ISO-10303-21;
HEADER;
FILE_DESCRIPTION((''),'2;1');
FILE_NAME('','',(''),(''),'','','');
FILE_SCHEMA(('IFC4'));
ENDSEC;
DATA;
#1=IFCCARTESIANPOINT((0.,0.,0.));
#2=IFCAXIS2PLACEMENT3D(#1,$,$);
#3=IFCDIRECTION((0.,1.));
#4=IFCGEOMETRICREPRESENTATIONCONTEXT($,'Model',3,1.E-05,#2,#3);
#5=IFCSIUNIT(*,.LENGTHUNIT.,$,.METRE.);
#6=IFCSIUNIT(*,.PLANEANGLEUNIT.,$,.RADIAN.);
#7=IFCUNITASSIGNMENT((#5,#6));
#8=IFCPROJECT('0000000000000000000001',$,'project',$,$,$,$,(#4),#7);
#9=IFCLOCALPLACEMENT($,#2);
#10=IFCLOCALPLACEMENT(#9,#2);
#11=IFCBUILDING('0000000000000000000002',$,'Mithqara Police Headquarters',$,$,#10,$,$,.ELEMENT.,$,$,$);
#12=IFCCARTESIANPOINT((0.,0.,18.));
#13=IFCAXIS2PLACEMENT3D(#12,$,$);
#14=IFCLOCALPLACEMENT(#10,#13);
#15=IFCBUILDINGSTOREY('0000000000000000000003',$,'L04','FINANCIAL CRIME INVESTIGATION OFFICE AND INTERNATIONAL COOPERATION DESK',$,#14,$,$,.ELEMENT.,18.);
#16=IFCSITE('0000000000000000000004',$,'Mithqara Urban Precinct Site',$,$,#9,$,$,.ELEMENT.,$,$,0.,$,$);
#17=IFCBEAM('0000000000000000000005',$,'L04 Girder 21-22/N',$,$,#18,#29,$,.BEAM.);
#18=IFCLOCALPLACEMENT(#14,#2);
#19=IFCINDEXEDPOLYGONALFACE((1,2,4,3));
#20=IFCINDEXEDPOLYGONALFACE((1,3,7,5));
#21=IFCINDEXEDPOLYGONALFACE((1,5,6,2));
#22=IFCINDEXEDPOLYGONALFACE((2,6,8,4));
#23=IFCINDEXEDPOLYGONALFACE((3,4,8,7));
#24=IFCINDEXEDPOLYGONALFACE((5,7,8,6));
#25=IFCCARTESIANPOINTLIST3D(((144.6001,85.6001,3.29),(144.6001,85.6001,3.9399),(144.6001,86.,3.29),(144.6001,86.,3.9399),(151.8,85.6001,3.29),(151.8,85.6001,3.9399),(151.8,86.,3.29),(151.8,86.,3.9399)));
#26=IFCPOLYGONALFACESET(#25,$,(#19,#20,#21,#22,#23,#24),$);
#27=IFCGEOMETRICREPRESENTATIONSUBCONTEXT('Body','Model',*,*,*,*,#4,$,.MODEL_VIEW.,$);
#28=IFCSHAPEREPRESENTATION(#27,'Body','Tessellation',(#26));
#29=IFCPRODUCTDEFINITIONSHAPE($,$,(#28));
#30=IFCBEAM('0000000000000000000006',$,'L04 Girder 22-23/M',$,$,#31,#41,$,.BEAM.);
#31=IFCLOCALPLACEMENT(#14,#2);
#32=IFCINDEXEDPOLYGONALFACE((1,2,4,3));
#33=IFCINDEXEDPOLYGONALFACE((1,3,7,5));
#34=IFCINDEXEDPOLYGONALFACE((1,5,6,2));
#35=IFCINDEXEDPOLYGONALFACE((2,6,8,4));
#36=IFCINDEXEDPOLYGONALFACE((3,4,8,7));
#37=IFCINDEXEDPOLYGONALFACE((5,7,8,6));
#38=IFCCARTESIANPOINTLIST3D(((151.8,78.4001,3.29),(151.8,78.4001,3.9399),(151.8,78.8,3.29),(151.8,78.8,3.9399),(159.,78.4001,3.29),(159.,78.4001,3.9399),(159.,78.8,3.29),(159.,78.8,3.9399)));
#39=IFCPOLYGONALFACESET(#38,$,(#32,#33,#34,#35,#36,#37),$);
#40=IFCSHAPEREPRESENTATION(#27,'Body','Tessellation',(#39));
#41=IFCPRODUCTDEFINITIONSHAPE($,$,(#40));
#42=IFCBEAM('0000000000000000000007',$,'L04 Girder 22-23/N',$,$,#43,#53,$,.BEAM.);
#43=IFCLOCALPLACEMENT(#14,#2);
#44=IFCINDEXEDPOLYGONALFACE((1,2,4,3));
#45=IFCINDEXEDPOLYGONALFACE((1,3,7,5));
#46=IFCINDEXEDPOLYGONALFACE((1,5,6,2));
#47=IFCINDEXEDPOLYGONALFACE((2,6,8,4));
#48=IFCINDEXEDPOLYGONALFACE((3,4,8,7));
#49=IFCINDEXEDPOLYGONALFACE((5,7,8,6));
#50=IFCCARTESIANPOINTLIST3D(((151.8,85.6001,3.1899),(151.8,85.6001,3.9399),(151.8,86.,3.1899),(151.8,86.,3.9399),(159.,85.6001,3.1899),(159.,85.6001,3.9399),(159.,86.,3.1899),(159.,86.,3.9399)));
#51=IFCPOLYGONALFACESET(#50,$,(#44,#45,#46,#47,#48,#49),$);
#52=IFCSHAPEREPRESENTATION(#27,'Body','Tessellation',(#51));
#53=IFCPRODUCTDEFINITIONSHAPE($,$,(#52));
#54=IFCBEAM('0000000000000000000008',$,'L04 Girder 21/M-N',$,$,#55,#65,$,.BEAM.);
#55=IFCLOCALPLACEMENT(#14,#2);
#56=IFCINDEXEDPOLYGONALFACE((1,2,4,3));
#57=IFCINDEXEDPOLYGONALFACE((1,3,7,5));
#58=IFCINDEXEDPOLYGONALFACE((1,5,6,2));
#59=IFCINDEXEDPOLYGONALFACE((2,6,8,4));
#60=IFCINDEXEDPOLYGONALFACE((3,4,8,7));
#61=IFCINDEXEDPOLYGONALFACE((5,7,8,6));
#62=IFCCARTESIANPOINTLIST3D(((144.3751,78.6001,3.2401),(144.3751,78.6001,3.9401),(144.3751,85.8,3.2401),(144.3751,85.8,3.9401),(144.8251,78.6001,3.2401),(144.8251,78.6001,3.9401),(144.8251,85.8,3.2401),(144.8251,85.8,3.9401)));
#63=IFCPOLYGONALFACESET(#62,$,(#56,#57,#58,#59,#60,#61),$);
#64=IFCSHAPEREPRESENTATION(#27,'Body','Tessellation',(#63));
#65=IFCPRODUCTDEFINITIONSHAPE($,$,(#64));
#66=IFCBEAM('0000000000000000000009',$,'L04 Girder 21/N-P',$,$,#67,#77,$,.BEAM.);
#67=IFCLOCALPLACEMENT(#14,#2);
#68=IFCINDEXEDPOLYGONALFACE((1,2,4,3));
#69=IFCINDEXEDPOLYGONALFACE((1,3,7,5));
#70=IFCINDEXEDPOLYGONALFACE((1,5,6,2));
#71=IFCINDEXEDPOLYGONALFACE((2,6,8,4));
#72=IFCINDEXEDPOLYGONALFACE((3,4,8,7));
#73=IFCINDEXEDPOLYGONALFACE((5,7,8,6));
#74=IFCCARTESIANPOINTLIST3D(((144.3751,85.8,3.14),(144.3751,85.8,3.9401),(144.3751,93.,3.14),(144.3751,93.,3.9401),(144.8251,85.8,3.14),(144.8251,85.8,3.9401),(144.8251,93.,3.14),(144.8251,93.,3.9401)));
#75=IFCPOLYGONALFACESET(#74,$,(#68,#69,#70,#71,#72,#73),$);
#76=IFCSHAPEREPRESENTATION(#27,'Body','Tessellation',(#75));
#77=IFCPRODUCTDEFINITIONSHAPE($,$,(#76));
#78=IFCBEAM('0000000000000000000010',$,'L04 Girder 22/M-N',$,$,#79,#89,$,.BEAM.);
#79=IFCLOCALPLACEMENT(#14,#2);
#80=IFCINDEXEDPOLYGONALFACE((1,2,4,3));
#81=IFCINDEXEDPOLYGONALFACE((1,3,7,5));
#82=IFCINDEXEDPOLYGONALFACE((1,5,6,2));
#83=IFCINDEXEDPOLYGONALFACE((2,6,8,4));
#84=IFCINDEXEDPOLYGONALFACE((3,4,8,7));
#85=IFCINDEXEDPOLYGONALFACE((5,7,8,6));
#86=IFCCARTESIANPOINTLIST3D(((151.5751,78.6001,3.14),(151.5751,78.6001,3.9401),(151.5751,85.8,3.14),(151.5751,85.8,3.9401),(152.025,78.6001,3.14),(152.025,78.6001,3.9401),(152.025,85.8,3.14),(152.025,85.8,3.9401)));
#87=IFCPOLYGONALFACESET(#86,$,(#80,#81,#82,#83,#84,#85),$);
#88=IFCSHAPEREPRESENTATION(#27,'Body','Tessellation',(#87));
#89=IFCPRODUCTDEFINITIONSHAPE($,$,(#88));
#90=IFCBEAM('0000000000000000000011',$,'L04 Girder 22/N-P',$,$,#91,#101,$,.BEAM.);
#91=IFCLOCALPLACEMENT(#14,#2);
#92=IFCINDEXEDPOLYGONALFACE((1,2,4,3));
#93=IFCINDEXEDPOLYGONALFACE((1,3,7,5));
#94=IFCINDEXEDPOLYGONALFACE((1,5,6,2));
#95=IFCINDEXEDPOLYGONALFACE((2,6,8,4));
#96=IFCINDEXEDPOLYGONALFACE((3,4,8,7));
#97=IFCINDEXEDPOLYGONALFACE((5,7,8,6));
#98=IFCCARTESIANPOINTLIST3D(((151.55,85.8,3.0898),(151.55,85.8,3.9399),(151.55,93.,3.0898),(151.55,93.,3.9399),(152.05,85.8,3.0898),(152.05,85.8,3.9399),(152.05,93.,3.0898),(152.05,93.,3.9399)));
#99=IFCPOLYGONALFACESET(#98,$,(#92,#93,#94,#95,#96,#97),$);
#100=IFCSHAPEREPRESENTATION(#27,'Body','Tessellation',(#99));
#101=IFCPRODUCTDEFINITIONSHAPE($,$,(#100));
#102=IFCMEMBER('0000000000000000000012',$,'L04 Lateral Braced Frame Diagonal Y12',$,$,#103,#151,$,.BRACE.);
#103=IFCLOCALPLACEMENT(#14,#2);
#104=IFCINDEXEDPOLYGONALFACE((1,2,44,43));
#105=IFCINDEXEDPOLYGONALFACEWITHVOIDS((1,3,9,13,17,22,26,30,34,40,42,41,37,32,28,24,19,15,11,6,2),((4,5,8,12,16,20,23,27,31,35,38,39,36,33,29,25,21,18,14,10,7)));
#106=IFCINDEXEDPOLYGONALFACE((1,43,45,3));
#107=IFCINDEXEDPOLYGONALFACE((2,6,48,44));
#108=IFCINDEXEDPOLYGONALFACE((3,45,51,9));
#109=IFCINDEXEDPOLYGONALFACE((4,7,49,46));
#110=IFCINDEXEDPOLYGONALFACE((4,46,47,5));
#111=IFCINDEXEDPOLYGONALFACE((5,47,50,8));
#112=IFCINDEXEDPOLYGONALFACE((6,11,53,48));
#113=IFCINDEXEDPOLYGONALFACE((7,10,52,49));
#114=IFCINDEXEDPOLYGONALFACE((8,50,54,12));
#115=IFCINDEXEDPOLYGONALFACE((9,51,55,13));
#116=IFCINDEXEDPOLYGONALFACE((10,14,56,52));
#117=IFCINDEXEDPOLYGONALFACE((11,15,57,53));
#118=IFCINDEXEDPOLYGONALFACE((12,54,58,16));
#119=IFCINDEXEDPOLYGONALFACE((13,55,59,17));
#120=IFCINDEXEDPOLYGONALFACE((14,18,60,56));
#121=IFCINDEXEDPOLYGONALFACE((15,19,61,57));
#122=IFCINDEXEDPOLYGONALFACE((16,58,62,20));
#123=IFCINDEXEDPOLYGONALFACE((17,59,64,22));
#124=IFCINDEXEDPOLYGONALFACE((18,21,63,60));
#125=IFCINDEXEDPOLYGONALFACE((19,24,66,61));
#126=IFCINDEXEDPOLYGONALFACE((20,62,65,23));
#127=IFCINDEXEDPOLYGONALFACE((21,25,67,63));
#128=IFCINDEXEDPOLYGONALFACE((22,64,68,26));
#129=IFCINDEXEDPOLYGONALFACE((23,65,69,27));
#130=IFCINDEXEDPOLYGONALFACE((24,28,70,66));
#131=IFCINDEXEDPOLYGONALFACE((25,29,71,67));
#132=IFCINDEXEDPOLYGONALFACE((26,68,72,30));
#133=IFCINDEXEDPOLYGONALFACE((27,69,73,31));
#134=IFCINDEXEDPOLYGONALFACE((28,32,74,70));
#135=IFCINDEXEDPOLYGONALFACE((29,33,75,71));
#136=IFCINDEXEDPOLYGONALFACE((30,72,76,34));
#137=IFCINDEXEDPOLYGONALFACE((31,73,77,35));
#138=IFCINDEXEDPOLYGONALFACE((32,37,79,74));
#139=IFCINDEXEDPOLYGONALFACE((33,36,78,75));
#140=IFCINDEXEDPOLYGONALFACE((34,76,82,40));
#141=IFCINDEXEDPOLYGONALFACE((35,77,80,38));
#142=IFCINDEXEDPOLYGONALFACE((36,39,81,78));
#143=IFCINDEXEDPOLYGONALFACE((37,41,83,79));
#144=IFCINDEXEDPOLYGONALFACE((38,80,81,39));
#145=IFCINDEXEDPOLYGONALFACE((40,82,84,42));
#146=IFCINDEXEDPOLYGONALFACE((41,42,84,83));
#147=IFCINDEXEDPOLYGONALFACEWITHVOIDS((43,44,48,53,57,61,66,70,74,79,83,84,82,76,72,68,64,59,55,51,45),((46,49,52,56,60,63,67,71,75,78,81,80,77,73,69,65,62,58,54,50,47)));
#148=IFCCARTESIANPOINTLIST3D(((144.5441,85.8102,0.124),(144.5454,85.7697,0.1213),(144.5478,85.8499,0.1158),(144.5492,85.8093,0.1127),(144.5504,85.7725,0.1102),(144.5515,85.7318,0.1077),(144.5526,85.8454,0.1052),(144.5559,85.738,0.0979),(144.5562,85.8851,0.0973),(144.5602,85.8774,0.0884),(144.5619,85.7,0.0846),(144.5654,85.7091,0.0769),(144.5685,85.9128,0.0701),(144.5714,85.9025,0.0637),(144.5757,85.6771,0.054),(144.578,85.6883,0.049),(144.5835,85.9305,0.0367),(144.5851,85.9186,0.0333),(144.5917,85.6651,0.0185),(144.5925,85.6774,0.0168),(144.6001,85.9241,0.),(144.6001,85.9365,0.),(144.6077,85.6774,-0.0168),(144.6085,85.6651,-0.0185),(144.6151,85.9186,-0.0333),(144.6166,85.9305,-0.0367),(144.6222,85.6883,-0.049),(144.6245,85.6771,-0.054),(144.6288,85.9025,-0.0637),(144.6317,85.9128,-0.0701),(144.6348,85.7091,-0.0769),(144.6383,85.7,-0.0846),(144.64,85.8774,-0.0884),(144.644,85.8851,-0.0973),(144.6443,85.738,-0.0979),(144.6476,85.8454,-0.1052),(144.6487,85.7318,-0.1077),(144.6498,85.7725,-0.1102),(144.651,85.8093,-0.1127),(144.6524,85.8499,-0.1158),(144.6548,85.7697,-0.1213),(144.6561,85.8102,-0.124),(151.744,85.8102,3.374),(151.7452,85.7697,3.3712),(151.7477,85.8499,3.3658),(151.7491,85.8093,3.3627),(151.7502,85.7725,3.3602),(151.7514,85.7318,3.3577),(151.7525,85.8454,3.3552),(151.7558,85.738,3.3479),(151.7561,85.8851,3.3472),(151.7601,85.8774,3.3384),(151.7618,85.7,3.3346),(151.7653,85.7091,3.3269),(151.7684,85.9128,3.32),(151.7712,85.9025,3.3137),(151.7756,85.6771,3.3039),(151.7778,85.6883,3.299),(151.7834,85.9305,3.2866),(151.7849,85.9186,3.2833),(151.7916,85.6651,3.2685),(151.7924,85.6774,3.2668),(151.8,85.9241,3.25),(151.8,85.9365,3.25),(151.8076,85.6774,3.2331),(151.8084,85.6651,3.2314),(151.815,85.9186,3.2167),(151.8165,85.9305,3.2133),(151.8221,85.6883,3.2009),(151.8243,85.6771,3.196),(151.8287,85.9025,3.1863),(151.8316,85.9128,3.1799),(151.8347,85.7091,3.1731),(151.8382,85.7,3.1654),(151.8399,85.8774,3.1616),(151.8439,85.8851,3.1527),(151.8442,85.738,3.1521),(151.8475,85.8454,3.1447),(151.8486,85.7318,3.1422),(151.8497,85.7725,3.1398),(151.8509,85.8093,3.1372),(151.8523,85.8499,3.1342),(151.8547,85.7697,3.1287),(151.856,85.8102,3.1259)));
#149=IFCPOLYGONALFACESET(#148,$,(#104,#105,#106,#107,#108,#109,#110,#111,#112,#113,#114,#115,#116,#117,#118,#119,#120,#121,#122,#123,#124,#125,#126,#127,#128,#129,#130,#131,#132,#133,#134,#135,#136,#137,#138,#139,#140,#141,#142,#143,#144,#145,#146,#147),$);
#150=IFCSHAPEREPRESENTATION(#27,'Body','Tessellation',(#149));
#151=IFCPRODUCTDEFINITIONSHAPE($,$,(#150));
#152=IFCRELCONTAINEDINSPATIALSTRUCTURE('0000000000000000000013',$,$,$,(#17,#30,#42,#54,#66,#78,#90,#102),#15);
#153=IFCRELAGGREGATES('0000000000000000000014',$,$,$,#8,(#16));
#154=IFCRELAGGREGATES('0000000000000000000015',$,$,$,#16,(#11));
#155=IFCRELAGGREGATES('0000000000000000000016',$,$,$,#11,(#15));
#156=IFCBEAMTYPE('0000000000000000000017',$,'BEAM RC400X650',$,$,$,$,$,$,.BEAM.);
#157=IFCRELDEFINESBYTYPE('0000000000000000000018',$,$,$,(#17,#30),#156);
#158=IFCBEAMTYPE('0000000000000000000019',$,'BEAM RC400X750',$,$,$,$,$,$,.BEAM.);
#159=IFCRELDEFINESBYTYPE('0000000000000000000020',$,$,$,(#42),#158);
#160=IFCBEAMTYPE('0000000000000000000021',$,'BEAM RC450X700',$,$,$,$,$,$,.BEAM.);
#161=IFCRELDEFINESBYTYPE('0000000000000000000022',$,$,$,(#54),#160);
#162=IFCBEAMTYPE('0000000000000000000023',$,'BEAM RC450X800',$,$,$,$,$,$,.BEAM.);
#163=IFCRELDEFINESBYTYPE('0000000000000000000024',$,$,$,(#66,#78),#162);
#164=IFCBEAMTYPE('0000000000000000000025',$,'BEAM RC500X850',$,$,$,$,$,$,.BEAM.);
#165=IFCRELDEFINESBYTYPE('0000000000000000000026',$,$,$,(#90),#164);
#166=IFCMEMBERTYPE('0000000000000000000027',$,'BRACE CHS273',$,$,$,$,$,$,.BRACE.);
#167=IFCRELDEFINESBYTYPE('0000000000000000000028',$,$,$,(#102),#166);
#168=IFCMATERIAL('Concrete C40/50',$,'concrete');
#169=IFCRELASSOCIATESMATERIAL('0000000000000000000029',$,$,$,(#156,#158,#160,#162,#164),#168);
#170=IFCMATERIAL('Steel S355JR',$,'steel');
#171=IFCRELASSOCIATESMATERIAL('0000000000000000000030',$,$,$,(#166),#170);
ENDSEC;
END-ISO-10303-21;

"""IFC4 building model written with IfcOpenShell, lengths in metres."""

from ifc_helpers import new_model, si_unit, direction, frame, origin, origin_2d, place, context, subcontext, project, spatial, rectangle, hollow_circle, extrude, material, material_profile, profile_set, type_object, element, save


model = new_model("IFC4")

# Units and contexts
model_context = context("Model", 3, precision=1e-05, world=origin(), true_north=direction((0.0, 1.0)))
body_context = subcontext(model_context, "Body", "Model", "MODEL_VIEW")
ifc_project = project(units=[si_unit("LENGTHUNIT", "METRE"), si_unit("PLANEANGLEUNIT", "RADIAN")], contexts=[model_context])

# Site, building, storey
site_placement = place(None, origin())
site = spatial("IfcSite", under=ifc_project, at=site_placement, Name="Mithqara Urban Precinct Site", CompositionType="ELEMENT", RefElevation=0.0)
building_placement = place(site_placement, origin())
building = spatial("IfcBuilding", under=site, at=building_placement, Name="Mithqara Police Headquarters", CompositionType="ELEMENT")
storey_placement = place(building_placement, frame((0.0, 0.0, 18.0)))
storey = spatial("IfcBuildingStorey", under=building, at=storey_placement, Name="L04", Description="FINANCIAL CRIME INVESTIGATION OFFICE AND INTERNATIONAL COOPERATION DESK", CompositionType="ELEMENT", Elevation=18.0)

# Beams
ifc_material_1 = material(Name="Steel S355JR", Category="steel")
ifc_material_2 = material(Name="Concrete C40/50", Category="concrete")
ifc_material_profile_1 = material_profile(ifc_material_2, rectangle(XDim=0.3999, YDim=0.6499, at=origin_2d()), Name="RC 400x650")
ifc_profile_set_1 = profile_set([ifc_material_profile_1], Name="Concrete C40/50")
beam_type_1 = type_object("IfcBeamType", Name="BEAM RC400X650", PredefinedType="BEAM", material=ifc_profile_set_1)
for number, where, z_axis, x_axis, name in (
    (1, (144.6001, 85.8, 3.615), (1.0, 0.0, 0.0), (0.0, 1.0, 0.0), "L04 Girder 21-22/N"),
    (2, (151.8, 78.6001, 3.615), (1.0, 0.0, 0.0), (0.0, 1.0, 0.0), "L04 Girder 22-23/M"),
):
    element("IfcBeam", number, at=place(storey_placement, frame(where, z_axis=z_axis, x_axis=x_axis)), inside=storey, type_object=beam_type_1, Name=name, PredefinedType="BEAM", context=body_context, shape_type="SweptSolid", body=[
        extrude(rectangle(XDim=0.3999, YDim=0.6499, at=origin_2d()), origin(), (0.0, 0.0, 1.0), 7.2),
    ])
ifc_material_profile_2 = material_profile(ifc_material_2, rectangle(XDim=0.3999, YDim=0.75, at=origin_2d()), Name="RC 400x750")
ifc_profile_set_2 = profile_set([ifc_material_profile_2], Name="Concrete C40/50")
beam_type_2 = type_object("IfcBeamType", Name="BEAM RC400X750", PredefinedType="BEAM", material=ifc_profile_set_2)
beam_1_placement = place(storey_placement, frame((151.8, 85.8, 3.5649), z_axis=(1.0, 0.0, 0.0), x_axis=(0.0, 1.0, 0.0)))
element("IfcBeam", 3, at=beam_1_placement, inside=storey, type_object=beam_type_2, Name="L04 Girder 22-23/N", PredefinedType="BEAM", context=body_context, shape_type="SweptSolid", body=[
    extrude(rectangle(XDim=0.3999, YDim=0.75, at=origin_2d()), origin(), (0.0, 0.0, 1.0), 7.2),
])
ifc_material_profile_3 = material_profile(ifc_material_2, rectangle(XDim=0.45, YDim=0.7, at=origin_2d()), Name="RC 450x700")
ifc_profile_set_3 = profile_set([ifc_material_profile_3], Name="Concrete C40/50")
beam_type_3 = type_object("IfcBeamType", Name="BEAM RC450X700", PredefinedType="BEAM", material=ifc_profile_set_3)
beam_2_placement = place(storey_placement, frame((144.6001, 78.6001, 3.5901), z_axis=(0.0, 1.0, 0.0), x_axis=(-1.0, 0.0, 0.0)))
element("IfcBeam", 4, at=beam_2_placement, inside=storey, type_object=beam_type_3, Name="L04 Girder 21/M-N", PredefinedType="BEAM", context=body_context, shape_type="SweptSolid", body=[
    extrude(rectangle(XDim=0.45, YDim=0.7, at=origin_2d()), origin(), (0.0, 0.0, 1.0), 7.2),
])
ifc_material_profile_4 = material_profile(ifc_material_2, rectangle(XDim=0.45, YDim=0.8, at=origin_2d()), Name="RC 450x800")
ifc_profile_set_4 = profile_set([ifc_material_profile_4], Name="Concrete C40/50")
beam_type_4 = type_object("IfcBeamType", Name="BEAM RC450X800", PredefinedType="BEAM", material=ifc_profile_set_4)
for number, where, z_axis, x_axis, name in (
    (5, (144.6001, 85.8, 3.54), (0.0, 1.0, 0.0), (-1.0, 0.0, 0.0), "L04 Girder 21/N-P"),
    (6, (151.8, 78.6001, 3.54), (0.0, 1.0, 0.0), (-1.0, 0.0, 0.0), "L04 Girder 22/M-N"),
):
    element("IfcBeam", number, at=place(storey_placement, frame(where, z_axis=z_axis, x_axis=x_axis)), inside=storey, type_object=beam_type_4, Name=name, PredefinedType="BEAM", context=body_context, shape_type="SweptSolid", body=[
        extrude(rectangle(XDim=0.45, YDim=0.8, at=origin_2d()), origin(), (0.0, 0.0, 1.0), 7.2),
    ])
ifc_material_profile_5 = material_profile(ifc_material_2, rectangle(XDim=0.5, YDim=0.8501, at=origin_2d()), Name="RC 500x850")
ifc_profile_set_5 = profile_set([ifc_material_profile_5], Name="Concrete C40/50")
beam_type_5 = type_object("IfcBeamType", Name="BEAM RC500X850", PredefinedType="BEAM", material=ifc_profile_set_5)
beam_3_placement = place(storey_placement, frame((151.8, 85.8, 3.5149), z_axis=(0.0, 1.0, 0.0), x_axis=(-1.0, 0.0, 0.0)))
element("IfcBeam", 7, at=beam_3_placement, inside=storey, type_object=beam_type_5, Name="L04 Girder 22/N-P", PredefinedType="BEAM", context=body_context, shape_type="SweptSolid", body=[
    extrude(rectangle(XDim=0.5, YDim=0.8501, at=origin_2d()), origin(), (0.0, 0.0, 1.0), 7.2),
])

# Member
ifc_material_profile_6 = material_profile(ifc_material_1, hollow_circle(Radius=0.1365, WallThickness=0.0125, at=origin_2d()), Name="CHS 273.0x12.5")
ifc_profile_set_6 = profile_set([ifc_material_profile_6], Name="Steel S355JR")
member_type = type_object("IfcMemberType", Name="BRACE CHS273", PredefinedType="BRACE", material=ifc_profile_set_6)
member_placement = place(storey_placement, frame((144.6001, 85.8, 0.0), z_axis=(0.911446, 0.0, 0.411419), x_axis=(0.0, 1.0, 0.0)))
element("IfcMember", 8, at=member_placement, inside=storey, type_object=member_type, Name="L04 Lateral Braced Frame Diagonal Y12", PredefinedType="BRACE", context=body_context, shape_type="SweptSolid", body=[
    extrude(hollow_circle(Radius=0.1365, WallThickness=0.0125, at=origin_2d()), origin(), (0.0, 0.0, 1.0), 7.8994),
])

save(model, "model.ifc")
